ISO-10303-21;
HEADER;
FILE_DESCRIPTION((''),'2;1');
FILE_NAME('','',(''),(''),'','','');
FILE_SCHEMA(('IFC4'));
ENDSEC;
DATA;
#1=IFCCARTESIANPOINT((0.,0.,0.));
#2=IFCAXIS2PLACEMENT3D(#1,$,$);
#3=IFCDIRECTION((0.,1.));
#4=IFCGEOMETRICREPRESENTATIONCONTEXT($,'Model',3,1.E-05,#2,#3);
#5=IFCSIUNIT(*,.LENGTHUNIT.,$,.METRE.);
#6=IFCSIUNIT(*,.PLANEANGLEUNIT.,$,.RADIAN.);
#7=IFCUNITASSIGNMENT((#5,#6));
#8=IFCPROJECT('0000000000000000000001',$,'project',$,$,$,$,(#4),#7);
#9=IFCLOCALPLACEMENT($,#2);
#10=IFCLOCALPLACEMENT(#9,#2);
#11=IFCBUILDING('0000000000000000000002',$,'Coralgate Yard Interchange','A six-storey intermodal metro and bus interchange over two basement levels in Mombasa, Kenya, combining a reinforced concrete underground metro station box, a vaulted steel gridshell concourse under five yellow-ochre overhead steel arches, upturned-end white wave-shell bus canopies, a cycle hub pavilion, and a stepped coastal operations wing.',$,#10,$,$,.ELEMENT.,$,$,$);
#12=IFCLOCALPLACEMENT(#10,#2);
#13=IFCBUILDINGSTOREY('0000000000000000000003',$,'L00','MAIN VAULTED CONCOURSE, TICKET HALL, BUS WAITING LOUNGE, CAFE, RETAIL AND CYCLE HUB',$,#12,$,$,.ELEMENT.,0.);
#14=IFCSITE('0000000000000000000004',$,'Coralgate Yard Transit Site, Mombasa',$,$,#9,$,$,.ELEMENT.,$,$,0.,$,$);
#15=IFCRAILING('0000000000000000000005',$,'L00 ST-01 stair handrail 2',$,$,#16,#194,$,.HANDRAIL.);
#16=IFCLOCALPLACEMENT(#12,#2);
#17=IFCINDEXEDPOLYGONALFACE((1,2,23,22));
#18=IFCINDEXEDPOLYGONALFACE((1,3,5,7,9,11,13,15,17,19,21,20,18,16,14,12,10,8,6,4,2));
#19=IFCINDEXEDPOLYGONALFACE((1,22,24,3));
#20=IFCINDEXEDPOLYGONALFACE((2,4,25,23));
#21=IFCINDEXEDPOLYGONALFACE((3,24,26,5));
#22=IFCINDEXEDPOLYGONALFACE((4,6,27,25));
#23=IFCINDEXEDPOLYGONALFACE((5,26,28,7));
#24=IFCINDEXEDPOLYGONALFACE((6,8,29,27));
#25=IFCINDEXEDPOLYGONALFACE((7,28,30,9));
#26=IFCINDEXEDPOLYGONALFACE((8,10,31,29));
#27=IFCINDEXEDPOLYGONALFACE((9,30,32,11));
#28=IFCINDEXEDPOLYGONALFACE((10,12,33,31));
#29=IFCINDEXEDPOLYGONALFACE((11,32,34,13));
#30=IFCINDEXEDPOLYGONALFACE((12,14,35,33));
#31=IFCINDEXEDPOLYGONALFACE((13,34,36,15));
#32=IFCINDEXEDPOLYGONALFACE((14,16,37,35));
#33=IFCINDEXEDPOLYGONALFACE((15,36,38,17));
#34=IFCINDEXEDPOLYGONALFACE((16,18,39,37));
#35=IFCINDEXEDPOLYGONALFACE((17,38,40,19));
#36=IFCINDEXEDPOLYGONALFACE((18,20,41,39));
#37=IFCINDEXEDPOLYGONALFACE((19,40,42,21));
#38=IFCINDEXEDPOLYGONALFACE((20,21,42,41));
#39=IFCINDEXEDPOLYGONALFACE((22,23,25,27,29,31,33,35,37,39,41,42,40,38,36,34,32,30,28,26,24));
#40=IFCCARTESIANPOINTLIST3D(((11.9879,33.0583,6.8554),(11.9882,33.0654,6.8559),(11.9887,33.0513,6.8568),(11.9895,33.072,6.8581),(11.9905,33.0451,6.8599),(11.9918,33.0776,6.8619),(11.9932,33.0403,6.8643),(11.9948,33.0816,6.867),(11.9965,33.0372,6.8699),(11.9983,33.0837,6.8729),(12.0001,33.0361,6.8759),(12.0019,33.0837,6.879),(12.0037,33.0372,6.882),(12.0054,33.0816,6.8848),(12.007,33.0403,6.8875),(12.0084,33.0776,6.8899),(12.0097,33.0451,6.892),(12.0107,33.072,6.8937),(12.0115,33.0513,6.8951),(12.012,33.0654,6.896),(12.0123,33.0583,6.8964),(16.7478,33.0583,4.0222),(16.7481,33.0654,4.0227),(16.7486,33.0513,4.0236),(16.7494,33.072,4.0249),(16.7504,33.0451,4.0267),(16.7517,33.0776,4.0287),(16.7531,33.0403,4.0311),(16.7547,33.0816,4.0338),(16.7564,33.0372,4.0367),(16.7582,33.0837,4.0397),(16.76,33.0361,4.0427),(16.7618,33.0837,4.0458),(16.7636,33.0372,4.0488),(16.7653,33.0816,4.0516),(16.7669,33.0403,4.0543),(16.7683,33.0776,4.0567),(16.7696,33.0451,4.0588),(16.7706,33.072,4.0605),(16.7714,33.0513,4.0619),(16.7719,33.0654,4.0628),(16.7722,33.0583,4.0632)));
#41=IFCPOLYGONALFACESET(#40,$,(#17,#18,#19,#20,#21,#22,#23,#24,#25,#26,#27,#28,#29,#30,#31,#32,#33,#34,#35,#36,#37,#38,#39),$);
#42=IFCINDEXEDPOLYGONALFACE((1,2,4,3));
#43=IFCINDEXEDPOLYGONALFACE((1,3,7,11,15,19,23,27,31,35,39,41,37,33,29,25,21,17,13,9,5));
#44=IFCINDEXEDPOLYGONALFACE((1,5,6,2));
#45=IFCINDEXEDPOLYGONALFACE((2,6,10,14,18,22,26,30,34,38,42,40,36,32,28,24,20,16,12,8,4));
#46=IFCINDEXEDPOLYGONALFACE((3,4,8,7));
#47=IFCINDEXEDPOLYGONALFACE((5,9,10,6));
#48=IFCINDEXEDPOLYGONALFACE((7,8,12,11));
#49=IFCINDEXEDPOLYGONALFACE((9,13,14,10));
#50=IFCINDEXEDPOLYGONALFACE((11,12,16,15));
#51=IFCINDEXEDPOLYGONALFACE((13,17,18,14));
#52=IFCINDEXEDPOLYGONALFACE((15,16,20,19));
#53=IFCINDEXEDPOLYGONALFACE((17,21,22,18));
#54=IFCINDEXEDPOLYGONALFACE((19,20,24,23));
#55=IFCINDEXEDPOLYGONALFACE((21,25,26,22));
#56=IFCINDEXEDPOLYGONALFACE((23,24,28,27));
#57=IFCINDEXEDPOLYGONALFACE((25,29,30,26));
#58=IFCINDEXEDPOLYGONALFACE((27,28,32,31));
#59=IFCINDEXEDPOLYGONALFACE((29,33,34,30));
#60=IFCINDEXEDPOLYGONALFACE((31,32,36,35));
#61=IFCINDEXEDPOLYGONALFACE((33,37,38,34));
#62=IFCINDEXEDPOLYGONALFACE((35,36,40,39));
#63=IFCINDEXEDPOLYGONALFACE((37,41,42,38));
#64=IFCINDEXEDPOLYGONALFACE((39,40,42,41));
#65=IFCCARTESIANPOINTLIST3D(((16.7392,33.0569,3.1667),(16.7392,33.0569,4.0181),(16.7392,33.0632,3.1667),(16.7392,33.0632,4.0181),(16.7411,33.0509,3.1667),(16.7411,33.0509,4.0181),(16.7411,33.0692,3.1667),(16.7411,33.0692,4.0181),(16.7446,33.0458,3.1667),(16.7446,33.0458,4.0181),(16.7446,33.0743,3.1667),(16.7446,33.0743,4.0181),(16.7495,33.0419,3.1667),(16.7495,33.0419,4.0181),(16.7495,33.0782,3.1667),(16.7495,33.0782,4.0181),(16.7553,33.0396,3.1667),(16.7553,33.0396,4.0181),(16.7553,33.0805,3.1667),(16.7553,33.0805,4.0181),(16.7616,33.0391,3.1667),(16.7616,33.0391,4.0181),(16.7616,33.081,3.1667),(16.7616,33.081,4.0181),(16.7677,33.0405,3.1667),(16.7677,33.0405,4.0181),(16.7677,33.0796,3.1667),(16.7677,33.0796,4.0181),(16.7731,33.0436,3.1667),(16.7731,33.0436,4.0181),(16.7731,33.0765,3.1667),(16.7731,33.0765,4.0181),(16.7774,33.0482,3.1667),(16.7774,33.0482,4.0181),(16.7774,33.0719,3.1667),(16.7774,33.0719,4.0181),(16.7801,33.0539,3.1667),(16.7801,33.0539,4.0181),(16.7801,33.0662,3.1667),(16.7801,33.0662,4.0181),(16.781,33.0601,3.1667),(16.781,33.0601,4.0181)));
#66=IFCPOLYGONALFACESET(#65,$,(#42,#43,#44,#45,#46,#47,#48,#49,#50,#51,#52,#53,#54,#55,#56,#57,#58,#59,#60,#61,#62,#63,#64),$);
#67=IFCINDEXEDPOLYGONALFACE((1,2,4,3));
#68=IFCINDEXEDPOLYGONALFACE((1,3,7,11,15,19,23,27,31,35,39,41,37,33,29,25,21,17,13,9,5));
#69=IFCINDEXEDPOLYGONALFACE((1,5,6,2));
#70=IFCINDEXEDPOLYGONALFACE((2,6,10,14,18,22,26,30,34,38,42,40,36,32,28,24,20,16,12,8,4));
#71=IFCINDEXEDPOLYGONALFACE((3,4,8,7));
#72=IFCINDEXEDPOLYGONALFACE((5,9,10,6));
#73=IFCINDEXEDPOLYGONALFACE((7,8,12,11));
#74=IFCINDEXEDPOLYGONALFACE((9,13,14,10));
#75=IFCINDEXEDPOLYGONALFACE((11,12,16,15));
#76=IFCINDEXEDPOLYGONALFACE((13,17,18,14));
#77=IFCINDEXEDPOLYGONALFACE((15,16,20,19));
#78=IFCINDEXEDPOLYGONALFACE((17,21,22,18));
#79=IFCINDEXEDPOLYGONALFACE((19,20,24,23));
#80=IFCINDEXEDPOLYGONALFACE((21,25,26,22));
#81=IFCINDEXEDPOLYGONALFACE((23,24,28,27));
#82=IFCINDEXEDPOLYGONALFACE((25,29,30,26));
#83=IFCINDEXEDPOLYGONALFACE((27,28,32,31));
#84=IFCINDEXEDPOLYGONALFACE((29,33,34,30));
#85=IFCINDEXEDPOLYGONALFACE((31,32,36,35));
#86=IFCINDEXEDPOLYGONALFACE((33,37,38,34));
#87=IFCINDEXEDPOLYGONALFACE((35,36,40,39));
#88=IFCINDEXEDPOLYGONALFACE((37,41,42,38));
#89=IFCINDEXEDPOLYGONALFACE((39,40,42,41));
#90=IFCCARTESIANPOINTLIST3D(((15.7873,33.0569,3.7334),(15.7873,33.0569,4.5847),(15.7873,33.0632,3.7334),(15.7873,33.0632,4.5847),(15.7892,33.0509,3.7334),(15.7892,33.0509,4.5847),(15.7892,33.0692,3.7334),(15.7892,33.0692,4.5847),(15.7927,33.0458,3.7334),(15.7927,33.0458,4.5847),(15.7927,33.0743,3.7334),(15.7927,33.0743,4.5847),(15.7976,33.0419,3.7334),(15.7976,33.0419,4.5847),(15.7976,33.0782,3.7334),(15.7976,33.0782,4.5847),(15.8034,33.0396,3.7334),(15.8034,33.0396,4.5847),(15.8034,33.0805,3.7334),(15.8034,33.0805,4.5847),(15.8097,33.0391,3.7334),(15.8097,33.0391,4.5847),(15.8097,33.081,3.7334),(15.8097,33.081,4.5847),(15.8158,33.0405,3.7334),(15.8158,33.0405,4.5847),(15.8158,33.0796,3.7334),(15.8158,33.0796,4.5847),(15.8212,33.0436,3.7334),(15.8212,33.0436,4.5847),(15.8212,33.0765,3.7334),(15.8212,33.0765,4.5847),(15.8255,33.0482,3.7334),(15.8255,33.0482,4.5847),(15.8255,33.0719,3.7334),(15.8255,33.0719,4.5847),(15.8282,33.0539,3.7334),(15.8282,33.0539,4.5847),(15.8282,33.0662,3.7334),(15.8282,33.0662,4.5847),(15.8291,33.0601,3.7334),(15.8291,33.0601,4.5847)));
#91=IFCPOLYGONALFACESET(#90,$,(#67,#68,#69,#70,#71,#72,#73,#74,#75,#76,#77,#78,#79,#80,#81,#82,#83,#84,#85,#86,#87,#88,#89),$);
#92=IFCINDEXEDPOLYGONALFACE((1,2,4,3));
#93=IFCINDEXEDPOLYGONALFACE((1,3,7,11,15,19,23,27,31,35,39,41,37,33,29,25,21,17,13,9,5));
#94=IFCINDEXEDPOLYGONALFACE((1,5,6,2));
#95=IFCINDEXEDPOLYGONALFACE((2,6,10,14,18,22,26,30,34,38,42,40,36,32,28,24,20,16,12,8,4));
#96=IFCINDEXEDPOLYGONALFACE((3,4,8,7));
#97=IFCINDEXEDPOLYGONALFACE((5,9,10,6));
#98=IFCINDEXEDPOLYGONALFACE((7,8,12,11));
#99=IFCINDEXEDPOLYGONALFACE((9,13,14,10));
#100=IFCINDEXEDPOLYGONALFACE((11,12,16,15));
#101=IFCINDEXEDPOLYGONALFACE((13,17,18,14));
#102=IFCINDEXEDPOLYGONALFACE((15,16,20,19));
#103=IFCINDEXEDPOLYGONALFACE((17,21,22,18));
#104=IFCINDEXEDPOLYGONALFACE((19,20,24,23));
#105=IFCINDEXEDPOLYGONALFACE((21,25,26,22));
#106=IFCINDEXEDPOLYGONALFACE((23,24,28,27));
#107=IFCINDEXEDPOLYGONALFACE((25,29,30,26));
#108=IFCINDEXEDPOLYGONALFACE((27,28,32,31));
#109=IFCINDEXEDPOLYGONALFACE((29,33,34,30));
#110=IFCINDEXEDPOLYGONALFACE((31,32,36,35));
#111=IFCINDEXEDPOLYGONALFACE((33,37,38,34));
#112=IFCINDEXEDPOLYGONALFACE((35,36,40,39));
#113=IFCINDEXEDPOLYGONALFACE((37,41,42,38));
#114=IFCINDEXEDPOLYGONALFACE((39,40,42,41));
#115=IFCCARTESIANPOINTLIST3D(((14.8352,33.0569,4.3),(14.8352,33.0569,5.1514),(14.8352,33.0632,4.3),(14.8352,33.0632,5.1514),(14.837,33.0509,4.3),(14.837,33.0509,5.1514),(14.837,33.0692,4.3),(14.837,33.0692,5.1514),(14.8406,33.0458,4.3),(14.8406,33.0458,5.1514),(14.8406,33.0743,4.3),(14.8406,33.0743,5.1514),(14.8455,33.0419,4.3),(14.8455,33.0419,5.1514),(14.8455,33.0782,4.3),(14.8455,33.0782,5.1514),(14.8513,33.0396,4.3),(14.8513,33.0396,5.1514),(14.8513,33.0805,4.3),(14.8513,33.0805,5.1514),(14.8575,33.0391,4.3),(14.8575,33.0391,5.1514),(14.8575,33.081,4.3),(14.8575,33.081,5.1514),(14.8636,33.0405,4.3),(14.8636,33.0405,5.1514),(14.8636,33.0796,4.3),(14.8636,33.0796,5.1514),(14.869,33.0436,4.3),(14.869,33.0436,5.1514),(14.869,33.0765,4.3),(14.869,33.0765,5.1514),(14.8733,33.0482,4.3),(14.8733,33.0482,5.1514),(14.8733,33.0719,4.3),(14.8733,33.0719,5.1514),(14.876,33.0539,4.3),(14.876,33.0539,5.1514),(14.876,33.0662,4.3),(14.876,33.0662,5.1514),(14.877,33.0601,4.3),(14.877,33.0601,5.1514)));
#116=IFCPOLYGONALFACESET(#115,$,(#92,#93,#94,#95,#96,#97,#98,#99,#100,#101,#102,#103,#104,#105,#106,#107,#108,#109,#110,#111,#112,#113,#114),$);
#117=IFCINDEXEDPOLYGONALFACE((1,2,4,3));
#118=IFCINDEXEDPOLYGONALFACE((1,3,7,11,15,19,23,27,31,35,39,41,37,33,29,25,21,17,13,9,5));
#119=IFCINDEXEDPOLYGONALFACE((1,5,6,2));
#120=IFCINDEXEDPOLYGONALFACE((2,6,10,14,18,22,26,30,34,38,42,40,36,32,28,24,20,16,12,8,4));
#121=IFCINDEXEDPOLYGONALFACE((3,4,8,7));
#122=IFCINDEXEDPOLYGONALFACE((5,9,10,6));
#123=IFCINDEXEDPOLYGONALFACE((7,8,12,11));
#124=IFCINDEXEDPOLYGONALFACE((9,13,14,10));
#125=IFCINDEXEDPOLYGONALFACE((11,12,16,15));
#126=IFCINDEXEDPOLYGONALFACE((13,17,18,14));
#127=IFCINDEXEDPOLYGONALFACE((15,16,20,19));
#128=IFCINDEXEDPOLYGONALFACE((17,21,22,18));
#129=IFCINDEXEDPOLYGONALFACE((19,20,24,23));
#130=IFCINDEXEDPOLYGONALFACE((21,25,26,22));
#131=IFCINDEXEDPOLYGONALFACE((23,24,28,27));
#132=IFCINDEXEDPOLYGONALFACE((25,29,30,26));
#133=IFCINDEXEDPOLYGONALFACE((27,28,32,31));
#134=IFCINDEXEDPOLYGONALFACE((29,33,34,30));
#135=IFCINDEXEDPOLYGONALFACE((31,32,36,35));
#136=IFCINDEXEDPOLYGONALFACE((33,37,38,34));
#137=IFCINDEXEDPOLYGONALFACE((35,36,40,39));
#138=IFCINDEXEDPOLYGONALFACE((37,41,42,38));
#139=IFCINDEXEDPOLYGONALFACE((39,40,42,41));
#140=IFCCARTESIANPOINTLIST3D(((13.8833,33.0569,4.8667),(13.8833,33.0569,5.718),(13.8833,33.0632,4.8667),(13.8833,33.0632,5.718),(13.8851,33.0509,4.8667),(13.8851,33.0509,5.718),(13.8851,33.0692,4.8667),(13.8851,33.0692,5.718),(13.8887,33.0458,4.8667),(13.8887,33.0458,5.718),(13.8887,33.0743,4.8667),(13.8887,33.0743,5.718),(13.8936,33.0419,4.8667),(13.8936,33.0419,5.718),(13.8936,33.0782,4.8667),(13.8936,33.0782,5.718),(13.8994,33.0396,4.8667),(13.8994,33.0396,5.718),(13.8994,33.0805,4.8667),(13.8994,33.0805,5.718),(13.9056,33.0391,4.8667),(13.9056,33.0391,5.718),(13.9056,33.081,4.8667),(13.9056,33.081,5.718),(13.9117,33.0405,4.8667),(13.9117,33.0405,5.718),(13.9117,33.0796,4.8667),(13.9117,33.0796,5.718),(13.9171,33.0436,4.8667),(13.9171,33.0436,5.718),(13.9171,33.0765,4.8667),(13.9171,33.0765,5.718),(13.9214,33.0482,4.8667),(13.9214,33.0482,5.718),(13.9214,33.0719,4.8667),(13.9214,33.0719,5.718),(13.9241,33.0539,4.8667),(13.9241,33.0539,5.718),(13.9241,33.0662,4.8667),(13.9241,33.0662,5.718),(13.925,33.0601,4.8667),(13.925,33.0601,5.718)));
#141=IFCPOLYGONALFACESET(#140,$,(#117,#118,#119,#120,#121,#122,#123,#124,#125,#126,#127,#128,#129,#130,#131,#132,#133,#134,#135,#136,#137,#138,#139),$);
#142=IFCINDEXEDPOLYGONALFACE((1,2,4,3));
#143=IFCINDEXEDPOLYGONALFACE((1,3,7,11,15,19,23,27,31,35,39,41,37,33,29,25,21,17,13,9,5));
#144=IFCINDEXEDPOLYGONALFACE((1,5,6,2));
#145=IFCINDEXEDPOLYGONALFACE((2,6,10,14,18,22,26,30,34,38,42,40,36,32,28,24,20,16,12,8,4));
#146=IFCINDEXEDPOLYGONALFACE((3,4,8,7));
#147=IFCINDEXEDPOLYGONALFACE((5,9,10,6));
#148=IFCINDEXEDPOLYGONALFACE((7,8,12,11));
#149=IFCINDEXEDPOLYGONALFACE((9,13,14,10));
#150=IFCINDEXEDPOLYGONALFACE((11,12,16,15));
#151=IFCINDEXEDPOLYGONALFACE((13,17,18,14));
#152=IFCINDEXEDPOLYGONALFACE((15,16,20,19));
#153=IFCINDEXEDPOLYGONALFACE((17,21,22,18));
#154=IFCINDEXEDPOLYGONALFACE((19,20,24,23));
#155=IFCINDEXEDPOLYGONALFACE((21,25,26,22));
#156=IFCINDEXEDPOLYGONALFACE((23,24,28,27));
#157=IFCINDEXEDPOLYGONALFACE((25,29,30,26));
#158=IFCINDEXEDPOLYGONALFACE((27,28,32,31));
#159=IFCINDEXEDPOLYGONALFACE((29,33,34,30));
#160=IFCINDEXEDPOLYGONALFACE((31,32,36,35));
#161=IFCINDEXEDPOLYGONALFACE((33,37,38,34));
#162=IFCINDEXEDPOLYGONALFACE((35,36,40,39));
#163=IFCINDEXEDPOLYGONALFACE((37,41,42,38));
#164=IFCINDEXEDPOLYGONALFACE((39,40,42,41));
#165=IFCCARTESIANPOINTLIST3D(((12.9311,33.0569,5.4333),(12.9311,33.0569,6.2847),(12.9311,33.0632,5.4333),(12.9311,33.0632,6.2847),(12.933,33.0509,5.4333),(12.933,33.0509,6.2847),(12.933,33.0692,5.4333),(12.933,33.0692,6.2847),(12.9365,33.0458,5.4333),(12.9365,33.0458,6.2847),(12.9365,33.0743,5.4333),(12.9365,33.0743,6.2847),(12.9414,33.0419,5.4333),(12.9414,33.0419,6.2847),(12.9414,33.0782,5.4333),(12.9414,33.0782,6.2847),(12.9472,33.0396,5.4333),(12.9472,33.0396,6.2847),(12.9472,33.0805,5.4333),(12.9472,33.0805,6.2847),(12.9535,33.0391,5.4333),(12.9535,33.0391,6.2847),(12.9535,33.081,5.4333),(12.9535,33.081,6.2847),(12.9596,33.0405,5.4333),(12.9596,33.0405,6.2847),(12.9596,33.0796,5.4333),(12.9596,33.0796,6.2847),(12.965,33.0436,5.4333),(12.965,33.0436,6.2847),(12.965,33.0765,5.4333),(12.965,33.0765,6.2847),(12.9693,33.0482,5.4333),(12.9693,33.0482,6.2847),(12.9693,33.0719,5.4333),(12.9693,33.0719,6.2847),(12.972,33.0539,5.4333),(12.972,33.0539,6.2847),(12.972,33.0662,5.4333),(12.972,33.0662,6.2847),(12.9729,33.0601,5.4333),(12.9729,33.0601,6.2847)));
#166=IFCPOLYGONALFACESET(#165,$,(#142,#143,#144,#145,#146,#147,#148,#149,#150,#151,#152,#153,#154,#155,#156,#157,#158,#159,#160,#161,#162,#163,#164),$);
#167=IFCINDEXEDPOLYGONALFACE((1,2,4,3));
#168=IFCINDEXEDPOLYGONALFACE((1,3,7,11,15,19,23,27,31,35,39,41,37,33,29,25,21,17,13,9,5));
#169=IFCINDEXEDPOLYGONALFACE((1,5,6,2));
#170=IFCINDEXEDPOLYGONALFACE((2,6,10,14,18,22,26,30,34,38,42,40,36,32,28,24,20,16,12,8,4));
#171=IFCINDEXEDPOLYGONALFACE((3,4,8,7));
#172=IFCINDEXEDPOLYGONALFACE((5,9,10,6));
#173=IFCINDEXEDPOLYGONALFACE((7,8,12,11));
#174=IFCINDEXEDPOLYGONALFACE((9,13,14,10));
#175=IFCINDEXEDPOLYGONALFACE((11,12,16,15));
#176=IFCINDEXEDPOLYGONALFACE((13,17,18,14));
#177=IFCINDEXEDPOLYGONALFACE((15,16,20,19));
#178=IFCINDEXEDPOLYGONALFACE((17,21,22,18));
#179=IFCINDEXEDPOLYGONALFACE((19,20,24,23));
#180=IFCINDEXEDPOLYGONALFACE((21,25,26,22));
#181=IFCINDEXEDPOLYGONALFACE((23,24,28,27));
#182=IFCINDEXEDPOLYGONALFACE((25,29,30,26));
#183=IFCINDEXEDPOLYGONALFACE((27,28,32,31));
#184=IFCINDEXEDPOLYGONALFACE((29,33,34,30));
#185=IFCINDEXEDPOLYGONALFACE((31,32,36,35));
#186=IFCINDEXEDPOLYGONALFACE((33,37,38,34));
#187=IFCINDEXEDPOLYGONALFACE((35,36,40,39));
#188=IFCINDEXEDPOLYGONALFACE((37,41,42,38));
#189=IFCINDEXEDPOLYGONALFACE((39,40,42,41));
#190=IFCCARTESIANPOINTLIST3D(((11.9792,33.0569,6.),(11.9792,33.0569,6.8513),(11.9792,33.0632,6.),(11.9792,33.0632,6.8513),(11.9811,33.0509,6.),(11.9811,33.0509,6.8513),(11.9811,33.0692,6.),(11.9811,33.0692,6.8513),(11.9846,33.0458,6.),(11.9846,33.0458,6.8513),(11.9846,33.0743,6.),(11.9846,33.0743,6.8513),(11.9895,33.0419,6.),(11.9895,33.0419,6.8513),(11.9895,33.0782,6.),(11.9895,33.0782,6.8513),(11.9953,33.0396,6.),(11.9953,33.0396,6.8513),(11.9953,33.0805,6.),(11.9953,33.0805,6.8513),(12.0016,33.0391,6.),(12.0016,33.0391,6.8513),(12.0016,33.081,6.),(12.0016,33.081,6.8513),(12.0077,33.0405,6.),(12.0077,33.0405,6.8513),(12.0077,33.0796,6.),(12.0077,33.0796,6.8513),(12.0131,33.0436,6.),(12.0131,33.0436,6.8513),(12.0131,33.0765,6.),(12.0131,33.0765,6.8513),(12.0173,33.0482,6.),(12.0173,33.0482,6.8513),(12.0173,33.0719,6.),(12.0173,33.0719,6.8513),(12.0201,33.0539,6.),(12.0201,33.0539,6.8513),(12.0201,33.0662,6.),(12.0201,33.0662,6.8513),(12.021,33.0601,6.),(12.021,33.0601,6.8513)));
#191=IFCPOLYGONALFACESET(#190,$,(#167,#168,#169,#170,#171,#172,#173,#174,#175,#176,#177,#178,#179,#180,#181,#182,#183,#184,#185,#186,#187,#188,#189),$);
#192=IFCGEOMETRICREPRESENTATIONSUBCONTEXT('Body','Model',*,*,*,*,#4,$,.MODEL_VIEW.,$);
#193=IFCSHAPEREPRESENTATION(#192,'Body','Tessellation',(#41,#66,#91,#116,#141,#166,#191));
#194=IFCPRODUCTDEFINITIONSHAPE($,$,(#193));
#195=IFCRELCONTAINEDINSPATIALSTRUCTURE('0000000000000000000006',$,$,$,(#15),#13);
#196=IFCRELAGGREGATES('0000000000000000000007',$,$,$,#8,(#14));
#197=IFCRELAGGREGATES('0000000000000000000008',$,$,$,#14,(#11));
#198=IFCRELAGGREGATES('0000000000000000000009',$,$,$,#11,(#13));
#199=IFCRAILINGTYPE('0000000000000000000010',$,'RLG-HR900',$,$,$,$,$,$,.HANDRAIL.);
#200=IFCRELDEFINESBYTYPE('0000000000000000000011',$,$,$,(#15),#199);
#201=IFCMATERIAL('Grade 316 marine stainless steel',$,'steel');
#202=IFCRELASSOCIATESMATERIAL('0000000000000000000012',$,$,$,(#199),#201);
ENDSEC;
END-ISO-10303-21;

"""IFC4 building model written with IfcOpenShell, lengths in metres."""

from ifc_helpers import new_model, si_unit, direction, frame, origin, origin_2d, place, context, subcontext, project, spatial, circle, extrude, material, type_object, element, save


model = new_model("IFC4")

# Units and contexts
model_context = context("Model", 3, precision=1e-05, world=origin(), true_north=direction((0.0, 1.0)))
body_context = subcontext(model_context, "Body", "Model", "MODEL_VIEW")
ifc_project = project(units=[si_unit("LENGTHUNIT", "METRE"), si_unit("PLANEANGLEUNIT", "RADIAN")], contexts=[model_context])

# Site, building, storey
site_placement = place(None, origin())
site = spatial("IfcSite", under=ifc_project, at=site_placement, Name="Coralgate Yard Transit Site, Mombasa", CompositionType="ELEMENT", RefElevation=0.0)
building_placement = place(site_placement, origin())
building = spatial("IfcBuilding", under=site, at=building_placement, Name="Coralgate Yard Interchange", Description="A six-storey intermodal metro and bus interchange over two basement levels in Mombasa, Kenya, combining a reinforced concrete underground metro station box, a vaulted steel gridshell concourse under five yellow-ochre overhead steel arches, upturned-end white wave-shell bus canopies, a cycle hub pavilion, and a stepped coastal operations wing.", CompositionType="ELEMENT")
storey_placement = place(building_placement, origin())
storey = spatial("IfcBuildingStorey", under=building, at=storey_placement, Name="L00", Description="MAIN VAULTED CONCOURSE, TICKET HALL, BUS WAITING LOUNGE, CAFE, RETAIL AND CYCLE HUB", CompositionType="ELEMENT", Elevation=0.0)

# Railing
ifc_material_1 = material(Name="Grade 316 marine stainless steel", Category="steel")
railing_type_1 = type_object("IfcRailingType", Name="RLG-HR900", PredefinedType="HANDRAIL", material=ifc_material_1)
railing_1_placement = place(storey_placement, frame((16.76, 33.0601, 3.1667)))
element("IfcRailing", 1, at=railing_1_placement, inside=storey, type_object=railing_type_1, Name="L00 ST-01 stair handrail 2", PredefinedType="HANDRAIL", context=body_context, shape_type="SweptSolid", body=[
    extrude(circle(Radius=0.0239, at=origin_2d()), frame((0.0, 0.0, 0.876), z_axis=(-0.8593, 0.0, 0.511472), x_axis=(0.0, -1.0, 0.0)), (0.0, 0.0, 1.0), 5.5393),
    extrude(circle(Radius=0.021, at=origin_2d()), origin(), (0.0, 0.0, 1.0), 0.8513),
    extrude(circle(Radius=0.021, at=origin_2d()), frame((-0.9519, 0.0, 0.5667)), (0.0, 0.0, 1.0), 0.8513),
    extrude(circle(Radius=0.021, at=origin_2d()), frame((-1.9041, 0.0, 1.1333)), (0.0, 0.0, 1.0), 0.8513),
    extrude(circle(Radius=0.021, at=origin_2d()), frame((-2.856, 0.0, 1.7)), (0.0, 0.0, 1.0), 0.8513),
    extrude(circle(Radius=0.021, at=origin_2d()), frame((-3.8081, 0.0, 2.2666)), (0.0, 0.0, 1.0), 0.8513),
    extrude(circle(Radius=0.021, at=origin_2d()), frame((-4.76, 0.0, 2.8333)), (0.0, 0.0, 1.0), 0.8513),
])

save(model, "model.ifc")
